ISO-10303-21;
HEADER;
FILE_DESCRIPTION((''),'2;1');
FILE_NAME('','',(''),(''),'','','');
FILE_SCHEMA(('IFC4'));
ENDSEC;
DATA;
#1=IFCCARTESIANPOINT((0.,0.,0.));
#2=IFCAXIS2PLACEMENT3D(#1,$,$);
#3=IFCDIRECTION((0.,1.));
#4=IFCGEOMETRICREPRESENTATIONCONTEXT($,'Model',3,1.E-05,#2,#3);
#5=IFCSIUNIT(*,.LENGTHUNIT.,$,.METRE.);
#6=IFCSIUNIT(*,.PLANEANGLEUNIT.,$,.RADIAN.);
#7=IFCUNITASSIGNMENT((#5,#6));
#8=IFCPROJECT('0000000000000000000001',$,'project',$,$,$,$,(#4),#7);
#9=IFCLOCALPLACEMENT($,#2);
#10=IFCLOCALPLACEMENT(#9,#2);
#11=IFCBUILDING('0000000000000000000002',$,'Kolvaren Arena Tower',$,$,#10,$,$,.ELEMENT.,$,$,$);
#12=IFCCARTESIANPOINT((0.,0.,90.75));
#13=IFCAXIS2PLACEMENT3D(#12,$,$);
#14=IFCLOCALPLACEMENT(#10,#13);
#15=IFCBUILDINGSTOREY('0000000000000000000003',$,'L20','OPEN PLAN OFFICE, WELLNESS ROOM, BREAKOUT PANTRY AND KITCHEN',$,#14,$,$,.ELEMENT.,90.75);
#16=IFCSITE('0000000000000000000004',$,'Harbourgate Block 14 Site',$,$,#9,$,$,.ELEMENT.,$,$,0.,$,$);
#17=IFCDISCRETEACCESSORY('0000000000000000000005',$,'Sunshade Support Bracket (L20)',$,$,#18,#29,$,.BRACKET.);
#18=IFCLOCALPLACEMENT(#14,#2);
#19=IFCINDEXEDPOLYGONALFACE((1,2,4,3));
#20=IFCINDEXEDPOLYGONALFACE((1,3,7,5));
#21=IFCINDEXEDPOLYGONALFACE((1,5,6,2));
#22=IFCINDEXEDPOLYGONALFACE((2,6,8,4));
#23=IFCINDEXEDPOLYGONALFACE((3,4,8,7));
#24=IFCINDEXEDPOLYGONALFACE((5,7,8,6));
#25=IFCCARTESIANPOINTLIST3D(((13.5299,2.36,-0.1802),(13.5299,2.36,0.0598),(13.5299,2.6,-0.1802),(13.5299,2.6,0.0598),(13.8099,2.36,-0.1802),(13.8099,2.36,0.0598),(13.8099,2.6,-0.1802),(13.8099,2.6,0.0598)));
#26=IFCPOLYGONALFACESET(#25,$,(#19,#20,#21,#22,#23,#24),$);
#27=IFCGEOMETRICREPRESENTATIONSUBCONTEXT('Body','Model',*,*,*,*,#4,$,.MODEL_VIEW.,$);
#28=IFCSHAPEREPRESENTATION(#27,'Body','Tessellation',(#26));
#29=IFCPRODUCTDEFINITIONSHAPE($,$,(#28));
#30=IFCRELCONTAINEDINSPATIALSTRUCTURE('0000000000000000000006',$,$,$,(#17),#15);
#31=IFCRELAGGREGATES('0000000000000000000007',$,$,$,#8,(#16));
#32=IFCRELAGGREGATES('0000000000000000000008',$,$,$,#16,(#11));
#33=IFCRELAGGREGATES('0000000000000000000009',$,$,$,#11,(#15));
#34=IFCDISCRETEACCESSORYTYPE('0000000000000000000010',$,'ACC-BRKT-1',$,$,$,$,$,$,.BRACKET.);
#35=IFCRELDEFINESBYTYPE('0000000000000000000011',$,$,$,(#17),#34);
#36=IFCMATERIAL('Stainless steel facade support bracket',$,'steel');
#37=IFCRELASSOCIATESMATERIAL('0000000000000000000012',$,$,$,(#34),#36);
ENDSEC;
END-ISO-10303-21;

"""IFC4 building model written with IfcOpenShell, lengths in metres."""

from ifc_helpers import new_model, si_unit, direction, frame, origin, origin_2d, place, context, subcontext, project, spatial, rectangle, extrude, material, type_object, element, save


model = new_model("IFC4")

# Units and contexts
model_context = context("Model", 3, precision=1e-05, world=origin(), true_north=direction((0.0, 1.0)))
body_context = subcontext(model_context, "Body", "Model", "MODEL_VIEW")
ifc_project = project(units=[si_unit("LENGTHUNIT", "METRE"), si_unit("PLANEANGLEUNIT", "RADIAN")], contexts=[model_context])

# Site, building, storey
site_placement = place(None, origin())
site = spatial("IfcSite", under=ifc_project, at=site_placement, Name="Harbourgate Block 14 Site", CompositionType="ELEMENT", RefElevation=0.0)
building_placement = place(site_placement, origin())
building = spatial("IfcBuilding", under=site, at=building_placement, Name="Kolvaren Arena Tower", CompositionType="ELEMENT")
storey_placement = place(building_placement, frame((0.0, 0.0, 90.75)))
storey = spatial("IfcBuildingStorey", under=building, at=storey_placement, Name="L20", Description="OPEN PLAN OFFICE, WELLNESS ROOM, BREAKOUT PANTRY AND KITCHEN", CompositionType="ELEMENT", Elevation=90.75)

# Discrete accessory
ifc_material_1 = material(Name="Stainless steel facade support bracket", Category="steel")
discrete_accessory_type = type_object("IfcDiscreteAccessoryType", Name="ACC-BRKT-1", PredefinedType="BRACKET", material=ifc_material_1)
discrete_accessory_placement = place(storey_placement, frame((13.6699, 2.48, -0.1802), z_axis=(0.0, 0.0, 1.0), x_axis=(-1.0, 0.0, 0.0)))
element("IfcDiscreteAccessory", 1, at=discrete_accessory_placement, inside=storey, type_object=discrete_accessory_type, Name="Sunshade Support Bracket (L20)", PredefinedType="BRACKET", context=body_context, shape_type="SweptSolid", body=[
    extrude(rectangle(XDim=0.28, YDim=0.24, at=origin_2d()), origin(), (0.0, 0.0, 1.0), 0.24),
])

save(model, "model.ifc")
